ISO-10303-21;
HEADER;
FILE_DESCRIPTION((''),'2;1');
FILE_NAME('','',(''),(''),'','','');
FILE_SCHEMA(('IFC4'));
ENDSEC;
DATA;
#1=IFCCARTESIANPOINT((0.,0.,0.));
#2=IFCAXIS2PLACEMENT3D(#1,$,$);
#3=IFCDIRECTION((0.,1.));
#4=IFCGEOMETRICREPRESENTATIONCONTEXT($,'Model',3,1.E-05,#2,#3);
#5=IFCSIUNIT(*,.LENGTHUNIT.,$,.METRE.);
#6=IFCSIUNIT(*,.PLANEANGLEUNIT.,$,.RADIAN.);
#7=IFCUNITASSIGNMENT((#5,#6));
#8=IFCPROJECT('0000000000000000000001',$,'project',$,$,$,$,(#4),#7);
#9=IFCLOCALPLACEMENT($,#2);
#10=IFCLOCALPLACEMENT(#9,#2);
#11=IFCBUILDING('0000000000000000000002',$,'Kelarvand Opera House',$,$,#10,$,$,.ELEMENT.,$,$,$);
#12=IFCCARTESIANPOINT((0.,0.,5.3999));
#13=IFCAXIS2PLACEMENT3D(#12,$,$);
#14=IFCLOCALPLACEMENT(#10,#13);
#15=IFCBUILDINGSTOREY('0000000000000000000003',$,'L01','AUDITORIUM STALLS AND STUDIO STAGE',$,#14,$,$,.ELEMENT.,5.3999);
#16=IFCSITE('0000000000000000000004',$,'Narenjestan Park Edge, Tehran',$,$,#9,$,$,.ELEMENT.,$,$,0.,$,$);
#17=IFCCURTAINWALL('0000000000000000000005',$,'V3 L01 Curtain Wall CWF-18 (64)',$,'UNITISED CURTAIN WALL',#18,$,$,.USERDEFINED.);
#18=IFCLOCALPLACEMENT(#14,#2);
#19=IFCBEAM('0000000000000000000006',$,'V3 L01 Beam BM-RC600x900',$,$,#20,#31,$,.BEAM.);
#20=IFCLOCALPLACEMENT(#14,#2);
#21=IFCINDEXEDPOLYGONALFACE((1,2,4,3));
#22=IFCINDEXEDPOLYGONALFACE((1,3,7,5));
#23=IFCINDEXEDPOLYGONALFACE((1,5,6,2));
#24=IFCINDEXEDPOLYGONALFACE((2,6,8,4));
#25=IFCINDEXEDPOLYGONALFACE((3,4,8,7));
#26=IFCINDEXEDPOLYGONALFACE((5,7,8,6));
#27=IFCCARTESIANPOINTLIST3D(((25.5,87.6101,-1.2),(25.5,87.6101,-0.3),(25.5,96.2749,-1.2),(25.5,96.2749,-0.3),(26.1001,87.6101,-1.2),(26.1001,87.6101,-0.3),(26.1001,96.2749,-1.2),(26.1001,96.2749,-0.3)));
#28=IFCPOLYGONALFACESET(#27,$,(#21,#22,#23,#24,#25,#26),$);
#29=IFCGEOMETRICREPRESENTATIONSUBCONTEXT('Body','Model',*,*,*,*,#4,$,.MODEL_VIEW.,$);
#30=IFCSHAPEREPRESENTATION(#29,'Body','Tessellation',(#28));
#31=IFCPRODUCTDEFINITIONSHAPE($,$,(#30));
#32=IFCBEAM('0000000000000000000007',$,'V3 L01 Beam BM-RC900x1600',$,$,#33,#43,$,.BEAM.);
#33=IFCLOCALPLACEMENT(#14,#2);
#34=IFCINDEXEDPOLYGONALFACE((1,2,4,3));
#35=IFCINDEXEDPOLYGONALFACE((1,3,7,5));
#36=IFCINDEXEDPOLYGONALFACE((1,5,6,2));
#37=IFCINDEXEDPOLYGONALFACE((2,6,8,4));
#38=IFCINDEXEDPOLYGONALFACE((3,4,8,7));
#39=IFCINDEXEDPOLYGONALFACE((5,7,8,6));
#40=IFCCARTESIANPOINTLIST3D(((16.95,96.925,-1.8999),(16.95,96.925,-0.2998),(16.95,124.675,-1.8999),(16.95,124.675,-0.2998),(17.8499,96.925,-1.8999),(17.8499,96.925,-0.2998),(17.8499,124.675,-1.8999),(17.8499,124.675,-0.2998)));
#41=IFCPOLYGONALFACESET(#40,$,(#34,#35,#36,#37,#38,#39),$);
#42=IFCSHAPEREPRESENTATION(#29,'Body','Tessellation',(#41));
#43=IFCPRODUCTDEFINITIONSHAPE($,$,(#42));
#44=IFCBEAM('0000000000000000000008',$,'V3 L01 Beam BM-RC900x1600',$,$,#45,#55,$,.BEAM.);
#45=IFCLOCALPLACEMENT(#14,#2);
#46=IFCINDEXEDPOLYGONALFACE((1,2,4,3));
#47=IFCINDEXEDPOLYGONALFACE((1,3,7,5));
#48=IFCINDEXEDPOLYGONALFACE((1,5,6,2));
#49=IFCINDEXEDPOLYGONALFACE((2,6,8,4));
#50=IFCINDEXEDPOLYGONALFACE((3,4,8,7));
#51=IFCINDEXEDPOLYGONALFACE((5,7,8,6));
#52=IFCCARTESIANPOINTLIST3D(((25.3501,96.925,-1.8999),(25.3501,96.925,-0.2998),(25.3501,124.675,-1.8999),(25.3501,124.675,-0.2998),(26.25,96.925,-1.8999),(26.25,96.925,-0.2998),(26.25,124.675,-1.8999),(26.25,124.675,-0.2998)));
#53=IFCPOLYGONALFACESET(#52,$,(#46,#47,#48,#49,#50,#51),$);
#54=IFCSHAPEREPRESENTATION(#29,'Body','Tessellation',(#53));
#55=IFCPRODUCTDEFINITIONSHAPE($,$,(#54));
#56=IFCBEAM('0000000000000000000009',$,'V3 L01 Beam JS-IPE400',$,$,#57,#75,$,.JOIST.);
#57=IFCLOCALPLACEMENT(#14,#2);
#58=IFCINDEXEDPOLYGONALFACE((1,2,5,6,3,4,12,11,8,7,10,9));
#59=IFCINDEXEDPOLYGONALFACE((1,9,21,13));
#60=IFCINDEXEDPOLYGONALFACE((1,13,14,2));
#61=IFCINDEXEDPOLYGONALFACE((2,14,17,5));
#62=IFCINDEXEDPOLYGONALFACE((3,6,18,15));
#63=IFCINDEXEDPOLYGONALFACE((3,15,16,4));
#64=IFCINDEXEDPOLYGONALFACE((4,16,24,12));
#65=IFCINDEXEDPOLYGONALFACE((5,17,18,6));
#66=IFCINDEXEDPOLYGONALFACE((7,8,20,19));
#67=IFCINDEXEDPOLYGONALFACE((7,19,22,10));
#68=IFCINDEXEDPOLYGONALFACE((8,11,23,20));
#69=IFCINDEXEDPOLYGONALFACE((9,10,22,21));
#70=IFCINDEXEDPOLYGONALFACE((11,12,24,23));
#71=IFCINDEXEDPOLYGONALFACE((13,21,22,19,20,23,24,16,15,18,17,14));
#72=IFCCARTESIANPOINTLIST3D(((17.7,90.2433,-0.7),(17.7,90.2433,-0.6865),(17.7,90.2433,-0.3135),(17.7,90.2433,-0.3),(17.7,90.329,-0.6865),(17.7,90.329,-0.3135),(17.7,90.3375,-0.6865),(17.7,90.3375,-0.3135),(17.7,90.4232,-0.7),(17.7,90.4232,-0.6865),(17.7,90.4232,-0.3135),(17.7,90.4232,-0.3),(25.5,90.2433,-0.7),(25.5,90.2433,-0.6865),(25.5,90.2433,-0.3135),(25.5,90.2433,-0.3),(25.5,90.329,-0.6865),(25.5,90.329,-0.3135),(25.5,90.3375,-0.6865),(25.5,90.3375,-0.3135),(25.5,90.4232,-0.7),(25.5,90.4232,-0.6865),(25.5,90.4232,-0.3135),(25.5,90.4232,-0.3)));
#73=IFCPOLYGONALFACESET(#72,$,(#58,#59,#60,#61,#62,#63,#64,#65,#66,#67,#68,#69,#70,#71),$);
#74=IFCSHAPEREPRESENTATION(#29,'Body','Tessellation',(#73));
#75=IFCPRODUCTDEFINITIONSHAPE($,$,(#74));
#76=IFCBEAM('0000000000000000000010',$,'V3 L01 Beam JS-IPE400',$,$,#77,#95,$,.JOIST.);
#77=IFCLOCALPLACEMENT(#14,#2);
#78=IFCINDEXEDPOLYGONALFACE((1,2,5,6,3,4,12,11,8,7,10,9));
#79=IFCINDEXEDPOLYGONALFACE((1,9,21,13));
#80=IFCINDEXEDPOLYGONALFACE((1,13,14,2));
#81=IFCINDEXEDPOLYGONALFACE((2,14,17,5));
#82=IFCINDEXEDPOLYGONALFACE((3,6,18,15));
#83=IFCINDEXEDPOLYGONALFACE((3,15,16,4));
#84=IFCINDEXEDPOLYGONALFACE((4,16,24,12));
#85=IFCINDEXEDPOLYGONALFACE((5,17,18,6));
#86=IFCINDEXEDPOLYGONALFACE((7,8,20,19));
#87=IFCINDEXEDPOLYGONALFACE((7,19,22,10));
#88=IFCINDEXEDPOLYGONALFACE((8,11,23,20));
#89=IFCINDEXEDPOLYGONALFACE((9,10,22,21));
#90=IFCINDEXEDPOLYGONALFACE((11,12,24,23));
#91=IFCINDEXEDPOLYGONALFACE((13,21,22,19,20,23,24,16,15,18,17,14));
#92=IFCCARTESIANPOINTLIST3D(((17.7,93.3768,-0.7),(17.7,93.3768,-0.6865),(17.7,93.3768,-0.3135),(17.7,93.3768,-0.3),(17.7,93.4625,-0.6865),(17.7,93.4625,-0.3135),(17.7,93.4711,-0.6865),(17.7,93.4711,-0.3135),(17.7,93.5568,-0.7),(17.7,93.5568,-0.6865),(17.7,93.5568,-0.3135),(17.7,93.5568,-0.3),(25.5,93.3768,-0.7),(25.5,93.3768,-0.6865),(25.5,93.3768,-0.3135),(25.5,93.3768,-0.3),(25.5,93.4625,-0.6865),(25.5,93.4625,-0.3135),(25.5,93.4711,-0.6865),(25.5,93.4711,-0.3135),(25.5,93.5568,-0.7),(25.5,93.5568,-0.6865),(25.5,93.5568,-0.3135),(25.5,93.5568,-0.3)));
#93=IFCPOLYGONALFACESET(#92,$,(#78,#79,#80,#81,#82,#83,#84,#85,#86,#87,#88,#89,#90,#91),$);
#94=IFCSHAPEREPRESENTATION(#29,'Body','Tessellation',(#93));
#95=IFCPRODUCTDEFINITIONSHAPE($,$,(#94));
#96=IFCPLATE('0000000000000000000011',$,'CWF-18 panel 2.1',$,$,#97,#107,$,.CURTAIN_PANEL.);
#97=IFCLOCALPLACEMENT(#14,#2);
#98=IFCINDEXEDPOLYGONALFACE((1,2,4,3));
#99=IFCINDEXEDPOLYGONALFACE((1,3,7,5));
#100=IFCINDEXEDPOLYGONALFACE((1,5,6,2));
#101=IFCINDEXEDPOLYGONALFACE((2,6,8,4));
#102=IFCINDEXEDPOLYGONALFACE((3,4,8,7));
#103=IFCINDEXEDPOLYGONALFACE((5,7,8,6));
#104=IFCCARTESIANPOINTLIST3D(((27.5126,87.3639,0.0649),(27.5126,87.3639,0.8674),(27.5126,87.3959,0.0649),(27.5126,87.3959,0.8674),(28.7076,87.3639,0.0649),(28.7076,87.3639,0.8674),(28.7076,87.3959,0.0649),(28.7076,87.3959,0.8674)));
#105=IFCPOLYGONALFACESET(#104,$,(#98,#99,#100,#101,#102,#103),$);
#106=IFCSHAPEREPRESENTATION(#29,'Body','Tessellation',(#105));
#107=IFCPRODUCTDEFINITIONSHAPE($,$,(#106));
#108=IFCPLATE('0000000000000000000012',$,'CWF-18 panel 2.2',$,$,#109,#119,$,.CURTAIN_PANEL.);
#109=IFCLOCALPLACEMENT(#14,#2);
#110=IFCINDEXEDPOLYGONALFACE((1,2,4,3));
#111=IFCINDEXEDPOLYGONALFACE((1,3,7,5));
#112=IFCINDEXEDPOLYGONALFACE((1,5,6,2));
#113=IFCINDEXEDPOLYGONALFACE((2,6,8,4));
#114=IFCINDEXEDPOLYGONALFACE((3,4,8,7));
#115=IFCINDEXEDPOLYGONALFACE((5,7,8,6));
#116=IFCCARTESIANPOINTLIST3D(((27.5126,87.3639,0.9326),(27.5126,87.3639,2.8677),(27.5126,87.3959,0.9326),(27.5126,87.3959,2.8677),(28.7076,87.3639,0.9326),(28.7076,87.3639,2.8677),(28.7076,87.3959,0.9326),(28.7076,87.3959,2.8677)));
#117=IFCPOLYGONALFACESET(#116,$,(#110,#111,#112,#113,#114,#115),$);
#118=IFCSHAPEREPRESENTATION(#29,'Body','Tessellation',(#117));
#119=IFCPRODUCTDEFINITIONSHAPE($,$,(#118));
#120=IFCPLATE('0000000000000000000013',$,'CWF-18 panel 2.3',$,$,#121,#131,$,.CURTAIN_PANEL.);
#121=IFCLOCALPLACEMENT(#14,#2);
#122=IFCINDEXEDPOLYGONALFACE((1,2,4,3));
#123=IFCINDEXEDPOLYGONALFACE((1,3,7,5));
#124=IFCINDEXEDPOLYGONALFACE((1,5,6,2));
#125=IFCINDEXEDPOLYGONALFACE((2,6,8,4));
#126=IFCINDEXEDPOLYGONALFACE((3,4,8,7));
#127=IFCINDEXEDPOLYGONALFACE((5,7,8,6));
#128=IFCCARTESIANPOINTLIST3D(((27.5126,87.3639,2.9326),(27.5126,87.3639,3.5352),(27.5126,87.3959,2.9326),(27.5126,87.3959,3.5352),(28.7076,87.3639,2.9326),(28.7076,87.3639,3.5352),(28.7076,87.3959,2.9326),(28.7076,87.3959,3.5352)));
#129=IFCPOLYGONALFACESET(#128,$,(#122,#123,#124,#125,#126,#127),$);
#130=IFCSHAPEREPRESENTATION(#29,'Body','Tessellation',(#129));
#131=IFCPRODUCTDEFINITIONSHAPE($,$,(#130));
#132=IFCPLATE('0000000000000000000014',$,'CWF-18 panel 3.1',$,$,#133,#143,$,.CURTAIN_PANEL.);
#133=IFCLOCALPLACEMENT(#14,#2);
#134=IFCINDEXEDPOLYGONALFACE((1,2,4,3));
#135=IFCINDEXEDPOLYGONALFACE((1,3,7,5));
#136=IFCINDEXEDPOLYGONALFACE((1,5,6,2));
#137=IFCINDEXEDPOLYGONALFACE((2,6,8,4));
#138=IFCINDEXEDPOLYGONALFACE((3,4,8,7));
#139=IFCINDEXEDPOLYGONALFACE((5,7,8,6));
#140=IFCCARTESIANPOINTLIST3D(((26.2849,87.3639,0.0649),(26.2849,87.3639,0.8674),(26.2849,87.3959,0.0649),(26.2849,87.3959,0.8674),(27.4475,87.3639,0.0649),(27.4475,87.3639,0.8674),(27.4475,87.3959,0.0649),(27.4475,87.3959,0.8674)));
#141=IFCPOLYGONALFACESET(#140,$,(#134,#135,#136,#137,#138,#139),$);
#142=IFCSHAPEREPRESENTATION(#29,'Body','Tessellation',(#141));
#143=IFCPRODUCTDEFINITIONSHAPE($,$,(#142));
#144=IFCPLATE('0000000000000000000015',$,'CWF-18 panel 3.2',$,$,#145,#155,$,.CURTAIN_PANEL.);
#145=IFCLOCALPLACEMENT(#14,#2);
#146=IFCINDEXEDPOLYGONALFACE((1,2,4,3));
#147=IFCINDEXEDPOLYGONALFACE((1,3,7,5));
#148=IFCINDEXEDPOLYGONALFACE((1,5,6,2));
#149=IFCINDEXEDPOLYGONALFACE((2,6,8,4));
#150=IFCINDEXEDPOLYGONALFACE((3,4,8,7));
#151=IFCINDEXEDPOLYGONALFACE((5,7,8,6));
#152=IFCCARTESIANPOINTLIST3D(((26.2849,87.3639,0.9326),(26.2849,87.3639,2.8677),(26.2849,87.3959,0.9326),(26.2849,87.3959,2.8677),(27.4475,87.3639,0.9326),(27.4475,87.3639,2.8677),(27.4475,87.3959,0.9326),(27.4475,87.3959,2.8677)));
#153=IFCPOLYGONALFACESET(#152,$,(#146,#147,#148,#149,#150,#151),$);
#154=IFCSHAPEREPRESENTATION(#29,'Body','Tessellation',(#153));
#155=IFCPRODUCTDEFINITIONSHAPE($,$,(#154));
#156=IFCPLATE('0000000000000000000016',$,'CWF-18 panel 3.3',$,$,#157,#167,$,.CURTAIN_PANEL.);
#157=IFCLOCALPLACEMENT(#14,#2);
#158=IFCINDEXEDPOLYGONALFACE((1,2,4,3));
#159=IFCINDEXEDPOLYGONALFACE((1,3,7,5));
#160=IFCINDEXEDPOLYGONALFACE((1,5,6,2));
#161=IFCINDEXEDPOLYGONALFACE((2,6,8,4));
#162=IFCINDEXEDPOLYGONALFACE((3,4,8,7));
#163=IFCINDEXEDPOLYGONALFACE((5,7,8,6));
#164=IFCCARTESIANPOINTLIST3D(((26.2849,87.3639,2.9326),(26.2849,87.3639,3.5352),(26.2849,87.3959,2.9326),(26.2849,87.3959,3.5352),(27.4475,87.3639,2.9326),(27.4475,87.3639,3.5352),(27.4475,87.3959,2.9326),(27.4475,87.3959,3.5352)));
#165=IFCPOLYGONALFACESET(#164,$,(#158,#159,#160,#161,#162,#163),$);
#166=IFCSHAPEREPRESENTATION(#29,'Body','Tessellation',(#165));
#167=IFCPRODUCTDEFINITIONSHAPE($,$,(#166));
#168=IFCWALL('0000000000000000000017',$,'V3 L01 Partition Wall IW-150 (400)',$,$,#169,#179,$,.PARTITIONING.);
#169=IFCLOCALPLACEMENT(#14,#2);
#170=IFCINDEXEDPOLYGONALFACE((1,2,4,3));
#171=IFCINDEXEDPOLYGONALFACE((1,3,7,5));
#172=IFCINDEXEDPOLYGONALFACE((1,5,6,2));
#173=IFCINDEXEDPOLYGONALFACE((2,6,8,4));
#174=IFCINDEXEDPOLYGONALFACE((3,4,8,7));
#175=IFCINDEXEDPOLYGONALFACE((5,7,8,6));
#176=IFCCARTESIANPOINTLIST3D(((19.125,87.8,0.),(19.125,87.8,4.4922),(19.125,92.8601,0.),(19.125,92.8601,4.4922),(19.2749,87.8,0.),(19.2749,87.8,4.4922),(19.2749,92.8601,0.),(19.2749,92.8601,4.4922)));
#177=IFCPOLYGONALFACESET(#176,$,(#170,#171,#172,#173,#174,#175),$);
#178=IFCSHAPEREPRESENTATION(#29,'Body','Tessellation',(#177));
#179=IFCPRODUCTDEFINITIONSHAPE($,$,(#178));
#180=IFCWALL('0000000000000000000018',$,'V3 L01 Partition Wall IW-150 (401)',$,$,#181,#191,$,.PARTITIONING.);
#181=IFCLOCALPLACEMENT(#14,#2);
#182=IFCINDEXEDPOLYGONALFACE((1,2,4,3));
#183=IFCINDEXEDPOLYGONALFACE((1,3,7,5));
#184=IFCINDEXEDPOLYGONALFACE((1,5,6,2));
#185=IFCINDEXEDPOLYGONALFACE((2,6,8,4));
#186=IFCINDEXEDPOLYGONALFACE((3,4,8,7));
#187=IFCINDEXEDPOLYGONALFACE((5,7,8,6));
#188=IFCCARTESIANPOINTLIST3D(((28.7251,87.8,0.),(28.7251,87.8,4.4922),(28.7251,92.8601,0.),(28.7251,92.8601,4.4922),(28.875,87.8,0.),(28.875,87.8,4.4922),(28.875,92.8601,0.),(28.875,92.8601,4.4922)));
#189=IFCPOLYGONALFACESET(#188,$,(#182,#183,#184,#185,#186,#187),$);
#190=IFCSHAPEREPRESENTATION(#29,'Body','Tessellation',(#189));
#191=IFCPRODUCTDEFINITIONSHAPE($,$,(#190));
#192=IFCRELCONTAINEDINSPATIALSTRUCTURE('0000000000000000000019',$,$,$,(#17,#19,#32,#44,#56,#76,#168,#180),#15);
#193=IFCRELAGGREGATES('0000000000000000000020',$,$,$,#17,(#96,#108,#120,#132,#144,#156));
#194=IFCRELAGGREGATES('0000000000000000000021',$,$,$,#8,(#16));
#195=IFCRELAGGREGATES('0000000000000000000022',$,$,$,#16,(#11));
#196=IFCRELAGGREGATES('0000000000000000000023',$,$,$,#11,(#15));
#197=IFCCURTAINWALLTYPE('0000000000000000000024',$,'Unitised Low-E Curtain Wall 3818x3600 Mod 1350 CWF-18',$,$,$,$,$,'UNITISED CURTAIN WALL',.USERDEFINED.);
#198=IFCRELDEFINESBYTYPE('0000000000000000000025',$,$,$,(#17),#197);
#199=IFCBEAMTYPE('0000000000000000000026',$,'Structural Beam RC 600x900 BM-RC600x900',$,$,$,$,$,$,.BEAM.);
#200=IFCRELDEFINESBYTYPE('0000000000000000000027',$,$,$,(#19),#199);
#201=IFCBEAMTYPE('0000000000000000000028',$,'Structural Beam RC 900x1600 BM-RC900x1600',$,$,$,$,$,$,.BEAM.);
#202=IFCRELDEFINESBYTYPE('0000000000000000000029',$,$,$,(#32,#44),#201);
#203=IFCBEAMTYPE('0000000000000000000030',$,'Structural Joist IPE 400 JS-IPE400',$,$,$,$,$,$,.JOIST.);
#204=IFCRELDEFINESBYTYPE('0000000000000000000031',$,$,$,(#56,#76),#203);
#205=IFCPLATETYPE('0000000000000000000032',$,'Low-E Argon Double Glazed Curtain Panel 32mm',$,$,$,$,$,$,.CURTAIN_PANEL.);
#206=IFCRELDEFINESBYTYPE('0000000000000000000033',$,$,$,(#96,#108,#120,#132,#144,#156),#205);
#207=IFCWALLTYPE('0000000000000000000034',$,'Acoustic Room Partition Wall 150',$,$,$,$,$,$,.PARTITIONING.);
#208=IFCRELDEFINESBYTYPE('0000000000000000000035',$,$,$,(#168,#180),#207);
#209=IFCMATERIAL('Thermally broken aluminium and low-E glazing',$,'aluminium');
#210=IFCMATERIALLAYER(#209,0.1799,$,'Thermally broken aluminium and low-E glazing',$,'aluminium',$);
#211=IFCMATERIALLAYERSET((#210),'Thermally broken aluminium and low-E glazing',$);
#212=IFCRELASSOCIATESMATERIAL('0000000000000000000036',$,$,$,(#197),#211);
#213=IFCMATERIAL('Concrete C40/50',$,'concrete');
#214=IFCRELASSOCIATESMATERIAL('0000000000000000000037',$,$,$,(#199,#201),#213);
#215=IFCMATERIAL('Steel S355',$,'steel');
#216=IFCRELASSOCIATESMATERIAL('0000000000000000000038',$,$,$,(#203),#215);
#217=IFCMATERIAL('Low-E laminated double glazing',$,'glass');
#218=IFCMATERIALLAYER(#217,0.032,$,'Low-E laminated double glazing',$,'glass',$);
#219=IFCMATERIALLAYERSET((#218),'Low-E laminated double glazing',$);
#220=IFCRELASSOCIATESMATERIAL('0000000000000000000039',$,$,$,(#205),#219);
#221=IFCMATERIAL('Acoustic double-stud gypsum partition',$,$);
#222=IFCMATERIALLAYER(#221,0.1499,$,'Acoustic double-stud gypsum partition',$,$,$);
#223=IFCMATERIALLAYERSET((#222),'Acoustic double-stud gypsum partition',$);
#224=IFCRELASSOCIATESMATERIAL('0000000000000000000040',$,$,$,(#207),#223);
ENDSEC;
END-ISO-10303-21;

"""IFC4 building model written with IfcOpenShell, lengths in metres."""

from ifc_helpers import new_model, si_unit, direction, frame, frame_2d, origin, origin_2d, place, context, subcontext, project, spatial, rectangle, i_section, extrude, material, layer, layer_set, material_profile, profile_set, type_object, element, aggregate, save


model = new_model("IFC4")

# Units and contexts
model_context = context("Model", 3, precision=1e-05, world=origin(), true_north=direction((0.0, 1.0)))
body_context = subcontext(model_context, "Body", "Model", "MODEL_VIEW")
ifc_project = project(units=[si_unit("LENGTHUNIT", "METRE"), si_unit("PLANEANGLEUNIT", "RADIAN")], contexts=[model_context])

# Site, building, storey
site_placement = place(None, origin())
site = spatial("IfcSite", under=ifc_project, at=site_placement, Name="Narenjestan Park Edge, Tehran", CompositionType="ELEMENT", RefElevation=0.0)
building_placement = place(site_placement, origin())
building = spatial("IfcBuilding", under=site, at=building_placement, Name="Kelarvand Opera House", CompositionType="ELEMENT")
storey_placement = place(building_placement, frame((0.0, 0.0, 5.3999)))
storey = spatial("IfcBuildingStorey", under=building, at=storey_placement, Name="L01", Description="AUDITORIUM STALLS AND STUDIO STAGE", CompositionType="ELEMENT", Elevation=5.3999)

# Shared definitions
ifc_material_1 = material(Name="Concrete C40/50", Category="concrete")

# Curtain wall
ifc_material_2 = material(Name="Thermally broken aluminium and low-E glazing", Category="aluminium")
ifc_layer_1 = layer(ifc_material_2, 0.1799, Name="Thermally broken aluminium and low-E glazing", Category="aluminium")
ifc_layer_set_1 = layer_set([ifc_layer_1], Name="Thermally broken aluminium and low-E glazing")
curtain_wall_type = type_object("IfcCurtainWallType", Name="Unitised Low-E Curtain Wall 3818x3600 Mod 1350 CWF-18", ElementType="UNITISED CURTAIN WALL", PredefinedType="USERDEFINED", material=ifc_layer_set_1)
curtain_wall_placement = place(storey_placement, origin())
curtain_wall = element("IfcCurtainWall", 1, at=curtain_wall_placement, inside=storey, type_object=curtain_wall_type, Name="V3 L01 Curtain Wall CWF-18 (64)", ObjectType="UNITISED CURTAIN WALL", PredefinedType="USERDEFINED")

# Beams
ifc_material_profile_1 = material_profile(ifc_material_1, rectangle(XDim=0.6001, YDim=0.8999, at=origin_2d()), Name="RC 600x900", Category="concrete")
ifc_profile_set_1 = profile_set([ifc_material_profile_1], Name="Concrete C40/50")
beam_type_1 = type_object("IfcBeamType", Name="Structural Beam RC 600x900 BM-RC600x900", PredefinedType="BEAM", material=ifc_profile_set_1)
beam_placement = place(storey_placement, frame((25.8, 87.6101, -0.75), z_axis=(0.0, 1.0, 0.0), x_axis=(-1.0, 0.0, 0.0)))
element("IfcBeam", 2, at=beam_placement, inside=storey, type_object=beam_type_1, Name="V3 L01 Beam BM-RC600x900", PredefinedType="BEAM", context=body_context, shape_type="SweptSolid", body=[
    extrude(rectangle(XDim=0.6001, YDim=0.8999, at=origin_2d()), origin(), (0.0, 0.0, 1.0), 8.6648),
])
ifc_material_profile_2 = material_profile(ifc_material_1, rectangle(XDim=0.8999, YDim=1.6001, at=origin_2d()), Name="RC 900x1600", Category="concrete")
ifc_profile_set_2 = profile_set([ifc_material_profile_2], Name="Concrete C40/50")
beam_type_2 = type_object("IfcBeamType", Name="Structural Beam RC 900x1600 BM-RC900x1600", PredefinedType="BEAM", material=ifc_profile_set_2)
for number, where, z_axis, x_axis, name in (
    (3, (17.3999, 96.925, -1.0999), (0.0, 1.0, 0.0), (-1.0, 0.0, 0.0), "V3 L01 Beam BM-RC900x1600"),
    (4, (25.8, 96.925, -1.0999), (0.0, 1.0, 0.0), (-1.0, 0.0, 0.0), "V3 L01 Beam BM-RC900x1600"),
):
    element("IfcBeam", number, at=place(storey_placement, frame(where, z_axis=z_axis, x_axis=x_axis)), inside=storey, type_object=beam_type_2, Name=name, PredefinedType="BEAM", context=body_context, shape_type="SweptSolid", body=[
        extrude(rectangle(XDim=0.8999, YDim=1.6001, at=origin_2d()), origin(), (0.0, 0.0, 1.0), 27.75),
    ])
ifc_material_3 = material(Name="Steel S355", Category="steel")
ifc_material_profile_3 = material_profile(ifc_material_3, i_section(OverallWidth=0.1799, OverallDepth=0.3999, WebThickness=0.0085, FlangeThickness=0.0134, at=origin_2d()), Name="IPE 400", Category="steel")
ifc_profile_set_3 = profile_set([ifc_material_profile_3], Name="Steel S355")
beam_type_3 = type_object("IfcBeamType", Name="Structural Joist IPE 400 JS-IPE400", PredefinedType="JOIST", material=ifc_profile_set_3)
for number, where, z_axis, x_axis, name in (
    (5, (17.7, 90.3333, -0.5), (1.0, 0.0, 0.0), (0.0, 1.0, 0.0), "V3 L01 Beam JS-IPE400"),
    (6, (17.7, 93.4668, -0.5), (1.0, 0.0, 0.0), (0.0, 1.0, 0.0), "V3 L01 Beam JS-IPE400"),
):
    element("IfcBeam", number, at=place(storey_placement, frame(where, z_axis=z_axis, x_axis=x_axis)), inside=storey, type_object=beam_type_3, Name=name, PredefinedType="JOIST", context=body_context, shape_type="SweptSolid", body=[
        extrude(i_section(OverallWidth=0.1799, OverallDepth=0.3999, WebThickness=0.0085, FlangeThickness=0.0134, at=origin_2d()), origin(), (0.0, 0.0, 1.0), 7.8),
    ])

# Plates
ifc_material_4 = material(Name="Low-E laminated double glazing", Category="glass")
ifc_layer_2 = layer(ifc_material_4, 0.032, Name="Low-E laminated double glazing", Category="glass")
ifc_layer_set_2 = layer_set([ifc_layer_2], Name="Low-E laminated double glazing")
plate_type = type_object("IfcPlateType", Name="Low-E Argon Double Glazed Curtain Panel 32mm", PredefinedType="CURTAIN_PANEL", material=ifc_layer_set_2)
plate_1_placement = place(storey_placement, frame((28.1101, 87.3799, 0.0649), z_axis=(0.0, 0.0, 1.0), x_axis=(-1.0, 0.0, 0.0)))
plate_1 = element("IfcPlate", 7, at=plate_1_placement, type_object=plate_type, Name="CWF-18 panel 2.1", PredefinedType="CURTAIN_PANEL", context=body_context, shape_type="SweptSolid", body=[
    extrude(rectangle(XDim=1.1951, YDim=0.032, at=origin_2d()), origin(), (0.0, 0.0, 1.0), 0.8025),
])
plate_2_placement = place(storey_placement, frame((28.1101, 87.3799, 0.9326), z_axis=(0.0, 0.0, 1.0), x_axis=(-1.0, 0.0, 0.0)))
plate_2 = element("IfcPlate", 8, at=plate_2_placement, type_object=plate_type, Name="CWF-18 panel 2.2", PredefinedType="CURTAIN_PANEL", context=body_context, shape_type="SweptSolid", body=[
    extrude(rectangle(XDim=1.1951, YDim=0.032, at=origin_2d()), origin(), (0.0, 0.0, 1.0), 1.9351),
])
plate_3_placement = place(storey_placement, frame((28.1101, 87.3799, 2.9326), z_axis=(0.0, 0.0, 1.0), x_axis=(-1.0, 0.0, 0.0)))
plate_3 = element("IfcPlate", 9, at=plate_3_placement, type_object=plate_type, Name="CWF-18 panel 2.3", PredefinedType="CURTAIN_PANEL", context=body_context, shape_type="SweptSolid", body=[
    extrude(rectangle(XDim=1.1951, YDim=0.032, at=origin_2d()), origin(), (0.0, 0.0, 1.0), 0.6025),
])
plate_4_placement = place(storey_placement, frame((26.8662, 87.3799, 0.0649), z_axis=(0.0, 0.0, 1.0), x_axis=(-1.0, 0.0, 0.0)))
plate_4 = element("IfcPlate", 10, at=plate_4_placement, type_object=plate_type, Name="CWF-18 panel 3.1", PredefinedType="CURTAIN_PANEL", context=body_context, shape_type="SweptSolid", body=[
    extrude(rectangle(XDim=1.1626, YDim=0.032, at=origin_2d()), origin(), (0.0, 0.0, 1.0), 0.8025),
])
plate_5_placement = place(storey_placement, frame((26.8662, 87.3799, 0.9326), z_axis=(0.0, 0.0, 1.0), x_axis=(-1.0, 0.0, 0.0)))
plate_5 = element("IfcPlate", 11, at=plate_5_placement, type_object=plate_type, Name="CWF-18 panel 3.2", PredefinedType="CURTAIN_PANEL", context=body_context, shape_type="SweptSolid", body=[
    extrude(rectangle(XDim=1.1626, YDim=0.032, at=origin_2d()), origin(), (0.0, 0.0, 1.0), 1.9351),
])
plate_6_placement = place(storey_placement, frame((26.8662, 87.3799, 2.9326), z_axis=(0.0, 0.0, 1.0), x_axis=(-1.0, 0.0, 0.0)))
plate_6 = element("IfcPlate", 12, at=plate_6_placement, type_object=plate_type, Name="CWF-18 panel 3.3", PredefinedType="CURTAIN_PANEL", context=body_context, shape_type="SweptSolid", body=[
    extrude(rectangle(XDim=1.1626, YDim=0.032, at=origin_2d()), origin(), (0.0, 0.0, 1.0), 0.6025),
])
aggregate(curtain_wall, [plate_1, plate_2, plate_3, plate_4, plate_5, plate_6])

# Walls
ifc_material_5 = material(Name="Acoustic double-stud gypsum partition")
ifc_layer_3 = layer(ifc_material_5, 0.1499, Name="Acoustic double-stud gypsum partition")
ifc_layer_set_3 = layer_set([ifc_layer_3], Name="Acoustic double-stud gypsum partition")
wall_type_1 = type_object("IfcWallType", Name="Acoustic Room Partition Wall 150", PredefinedType="PARTITIONING", material=ifc_layer_set_3)
for number, where, z_axis, x_axis, name in (
    (13, (19.2, 87.8, 0.0), (0.0, 0.0, 1.0), (0.0, 1.0, 0.0), "V3 L01 Partition Wall IW-150 (400)"),
    (14, (28.8, 87.8, 0.0), (0.0, 0.0, 1.0), (0.0, 1.0, 0.0), "V3 L01 Partition Wall IW-150 (401)"),
):
    element("IfcWall", number, at=place(storey_placement, frame(where, z_axis=z_axis, x_axis=x_axis)), inside=storey, type_object=wall_type_1, Name=name, PredefinedType="PARTITIONING", context=body_context, shape_type="SweptSolid", body=[
        extrude(rectangle(XDim=5.0601, YDim=0.1499, at=frame_2d((2.53, 0.0))), origin(), (0.0, 0.0, 1.0), 4.4922),
    ])

save(model, "model.ifc")
